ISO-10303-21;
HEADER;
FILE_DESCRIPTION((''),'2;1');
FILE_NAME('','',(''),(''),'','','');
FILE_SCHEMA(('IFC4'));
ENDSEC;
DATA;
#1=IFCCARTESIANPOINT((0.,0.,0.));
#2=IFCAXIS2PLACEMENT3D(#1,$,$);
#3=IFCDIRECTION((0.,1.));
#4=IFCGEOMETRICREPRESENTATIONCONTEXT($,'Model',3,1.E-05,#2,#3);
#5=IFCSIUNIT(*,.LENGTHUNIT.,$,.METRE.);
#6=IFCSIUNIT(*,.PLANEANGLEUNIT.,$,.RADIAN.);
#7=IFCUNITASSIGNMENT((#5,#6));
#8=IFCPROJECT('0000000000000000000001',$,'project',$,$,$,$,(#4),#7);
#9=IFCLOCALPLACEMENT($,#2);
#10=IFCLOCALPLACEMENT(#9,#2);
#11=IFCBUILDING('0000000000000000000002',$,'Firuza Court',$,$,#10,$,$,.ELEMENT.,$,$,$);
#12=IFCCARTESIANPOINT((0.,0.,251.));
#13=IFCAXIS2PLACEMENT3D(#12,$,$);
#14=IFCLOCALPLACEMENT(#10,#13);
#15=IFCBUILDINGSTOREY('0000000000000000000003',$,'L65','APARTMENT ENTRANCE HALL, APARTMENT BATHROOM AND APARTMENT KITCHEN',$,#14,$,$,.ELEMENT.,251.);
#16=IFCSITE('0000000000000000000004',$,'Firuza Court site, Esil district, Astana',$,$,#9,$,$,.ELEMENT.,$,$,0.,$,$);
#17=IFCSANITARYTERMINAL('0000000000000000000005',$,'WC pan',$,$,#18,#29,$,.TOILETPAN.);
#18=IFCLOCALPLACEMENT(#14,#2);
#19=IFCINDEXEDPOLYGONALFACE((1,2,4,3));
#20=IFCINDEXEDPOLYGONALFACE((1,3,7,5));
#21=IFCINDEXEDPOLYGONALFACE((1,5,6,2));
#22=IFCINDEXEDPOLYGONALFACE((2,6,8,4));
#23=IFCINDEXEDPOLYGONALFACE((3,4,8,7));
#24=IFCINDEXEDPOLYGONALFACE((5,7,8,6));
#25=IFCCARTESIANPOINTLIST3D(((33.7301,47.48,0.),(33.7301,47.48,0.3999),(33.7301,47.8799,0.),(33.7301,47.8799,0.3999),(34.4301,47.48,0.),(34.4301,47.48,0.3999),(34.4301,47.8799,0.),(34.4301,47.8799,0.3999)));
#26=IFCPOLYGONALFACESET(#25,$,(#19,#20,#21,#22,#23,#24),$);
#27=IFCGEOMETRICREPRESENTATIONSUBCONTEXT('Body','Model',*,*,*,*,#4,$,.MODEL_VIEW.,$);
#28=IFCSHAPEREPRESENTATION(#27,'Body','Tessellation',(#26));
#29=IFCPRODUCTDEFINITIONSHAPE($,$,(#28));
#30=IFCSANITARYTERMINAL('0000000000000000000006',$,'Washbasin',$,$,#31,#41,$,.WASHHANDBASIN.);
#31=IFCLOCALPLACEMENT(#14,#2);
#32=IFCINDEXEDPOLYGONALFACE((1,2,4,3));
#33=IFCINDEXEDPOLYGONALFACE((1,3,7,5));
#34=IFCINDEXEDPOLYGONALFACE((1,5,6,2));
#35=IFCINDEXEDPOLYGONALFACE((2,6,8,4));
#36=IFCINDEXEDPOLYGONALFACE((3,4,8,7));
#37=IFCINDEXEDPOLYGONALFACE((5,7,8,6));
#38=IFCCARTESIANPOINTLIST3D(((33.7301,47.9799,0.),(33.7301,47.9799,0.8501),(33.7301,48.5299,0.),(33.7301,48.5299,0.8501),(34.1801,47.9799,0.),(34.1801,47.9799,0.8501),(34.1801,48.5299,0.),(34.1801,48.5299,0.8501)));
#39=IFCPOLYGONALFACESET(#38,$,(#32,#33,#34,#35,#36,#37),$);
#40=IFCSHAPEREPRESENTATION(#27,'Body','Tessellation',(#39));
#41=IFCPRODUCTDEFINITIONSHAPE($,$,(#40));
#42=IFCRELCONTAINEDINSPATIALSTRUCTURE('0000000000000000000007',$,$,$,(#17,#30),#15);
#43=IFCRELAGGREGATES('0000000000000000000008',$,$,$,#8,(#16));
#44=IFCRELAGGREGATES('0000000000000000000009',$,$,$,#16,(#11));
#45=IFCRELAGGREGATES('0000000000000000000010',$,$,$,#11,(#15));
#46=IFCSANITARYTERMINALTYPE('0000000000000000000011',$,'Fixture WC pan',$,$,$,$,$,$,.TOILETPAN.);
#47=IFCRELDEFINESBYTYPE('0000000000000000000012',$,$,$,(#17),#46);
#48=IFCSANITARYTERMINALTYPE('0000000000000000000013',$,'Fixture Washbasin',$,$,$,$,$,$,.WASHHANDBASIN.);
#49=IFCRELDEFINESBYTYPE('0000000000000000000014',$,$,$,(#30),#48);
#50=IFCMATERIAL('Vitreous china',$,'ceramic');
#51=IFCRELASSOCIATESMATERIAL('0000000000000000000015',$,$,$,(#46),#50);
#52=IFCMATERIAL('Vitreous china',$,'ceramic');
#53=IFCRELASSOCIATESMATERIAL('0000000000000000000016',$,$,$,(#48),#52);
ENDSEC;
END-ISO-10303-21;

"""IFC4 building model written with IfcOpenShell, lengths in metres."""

from ifc_helpers import new_model, si_unit, direction, frame, origin, origin_2d, place, context, subcontext, project, spatial, rectangle, extrude, material, type_object, element, save


model = new_model("IFC4")

# Units and contexts
model_context = context("Model", 3, precision=1e-05, world=origin(), true_north=direction((0.0, 1.0)))
body_context = subcontext(model_context, "Body", "Model", "MODEL_VIEW")
ifc_project = project(units=[si_unit("LENGTHUNIT", "METRE"), si_unit("PLANEANGLEUNIT", "RADIAN")], contexts=[model_context])

# Site, building, storey
site_placement = place(None, origin())
site = spatial("IfcSite", under=ifc_project, at=site_placement, Name="Firuza Court site, Esil district, Astana", CompositionType="ELEMENT", RefElevation=0.0)
building_placement = place(site_placement, origin())
building = spatial("IfcBuilding", under=site, at=building_placement, Name="Firuza Court", CompositionType="ELEMENT")
storey_placement = place(building_placement, frame((0.0, 0.0, 251.0)))
storey = spatial("IfcBuildingStorey", under=building, at=storey_placement, Name="L65", Description="APARTMENT ENTRANCE HALL, APARTMENT BATHROOM AND APARTMENT KITCHEN", CompositionType="ELEMENT", Elevation=251.0)

# Sanitary terminals
ifc_material_1 = material(Name="Vitreous china", Category="ceramic")
sanitary_terminal_type_1 = type_object("IfcSanitaryTerminalType", Name="Fixture WC pan", PredefinedType="TOILETPAN", material=ifc_material_1)
sanitary_terminal_1_placement = place(storey_placement, frame((34.0801, 47.6799, 0.0), z_axis=(0.0, 0.0, 1.0), x_axis=(1.0, 0.0, 0.0)))
element("IfcSanitaryTerminal", 1, at=sanitary_terminal_1_placement, inside=storey, type_object=sanitary_terminal_type_1, Name="WC pan", PredefinedType="TOILETPAN", context=body_context, shape_type="SweptSolid", body=[
    extrude(rectangle(XDim=0.7, YDim=0.3999, at=origin_2d()), origin(), (0.0, 0.0, 1.0), 0.3999),
])
ifc_material_2 = material(Name="Vitreous china", Category="ceramic")
sanitary_terminal_type_2 = type_object("IfcSanitaryTerminalType", Name="Fixture Washbasin", PredefinedType="WASHHANDBASIN", material=ifc_material_2)
sanitary_terminal_2_placement = place(storey_placement, frame((33.9551, 48.2549, 0.0), z_axis=(0.0, 0.0, 1.0), x_axis=(1.0, 0.0, 0.0)))
element("IfcSanitaryTerminal", 2, at=sanitary_terminal_2_placement, inside=storey, type_object=sanitary_terminal_type_2, Name="Washbasin", PredefinedType="WASHHANDBASIN", context=body_context, shape_type="SweptSolid", body=[
    extrude(rectangle(XDim=0.45, YDim=0.55, at=origin_2d()), origin(), (0.0, 0.0, 1.0), 0.8501),
])

save(model, "model.ifc")
